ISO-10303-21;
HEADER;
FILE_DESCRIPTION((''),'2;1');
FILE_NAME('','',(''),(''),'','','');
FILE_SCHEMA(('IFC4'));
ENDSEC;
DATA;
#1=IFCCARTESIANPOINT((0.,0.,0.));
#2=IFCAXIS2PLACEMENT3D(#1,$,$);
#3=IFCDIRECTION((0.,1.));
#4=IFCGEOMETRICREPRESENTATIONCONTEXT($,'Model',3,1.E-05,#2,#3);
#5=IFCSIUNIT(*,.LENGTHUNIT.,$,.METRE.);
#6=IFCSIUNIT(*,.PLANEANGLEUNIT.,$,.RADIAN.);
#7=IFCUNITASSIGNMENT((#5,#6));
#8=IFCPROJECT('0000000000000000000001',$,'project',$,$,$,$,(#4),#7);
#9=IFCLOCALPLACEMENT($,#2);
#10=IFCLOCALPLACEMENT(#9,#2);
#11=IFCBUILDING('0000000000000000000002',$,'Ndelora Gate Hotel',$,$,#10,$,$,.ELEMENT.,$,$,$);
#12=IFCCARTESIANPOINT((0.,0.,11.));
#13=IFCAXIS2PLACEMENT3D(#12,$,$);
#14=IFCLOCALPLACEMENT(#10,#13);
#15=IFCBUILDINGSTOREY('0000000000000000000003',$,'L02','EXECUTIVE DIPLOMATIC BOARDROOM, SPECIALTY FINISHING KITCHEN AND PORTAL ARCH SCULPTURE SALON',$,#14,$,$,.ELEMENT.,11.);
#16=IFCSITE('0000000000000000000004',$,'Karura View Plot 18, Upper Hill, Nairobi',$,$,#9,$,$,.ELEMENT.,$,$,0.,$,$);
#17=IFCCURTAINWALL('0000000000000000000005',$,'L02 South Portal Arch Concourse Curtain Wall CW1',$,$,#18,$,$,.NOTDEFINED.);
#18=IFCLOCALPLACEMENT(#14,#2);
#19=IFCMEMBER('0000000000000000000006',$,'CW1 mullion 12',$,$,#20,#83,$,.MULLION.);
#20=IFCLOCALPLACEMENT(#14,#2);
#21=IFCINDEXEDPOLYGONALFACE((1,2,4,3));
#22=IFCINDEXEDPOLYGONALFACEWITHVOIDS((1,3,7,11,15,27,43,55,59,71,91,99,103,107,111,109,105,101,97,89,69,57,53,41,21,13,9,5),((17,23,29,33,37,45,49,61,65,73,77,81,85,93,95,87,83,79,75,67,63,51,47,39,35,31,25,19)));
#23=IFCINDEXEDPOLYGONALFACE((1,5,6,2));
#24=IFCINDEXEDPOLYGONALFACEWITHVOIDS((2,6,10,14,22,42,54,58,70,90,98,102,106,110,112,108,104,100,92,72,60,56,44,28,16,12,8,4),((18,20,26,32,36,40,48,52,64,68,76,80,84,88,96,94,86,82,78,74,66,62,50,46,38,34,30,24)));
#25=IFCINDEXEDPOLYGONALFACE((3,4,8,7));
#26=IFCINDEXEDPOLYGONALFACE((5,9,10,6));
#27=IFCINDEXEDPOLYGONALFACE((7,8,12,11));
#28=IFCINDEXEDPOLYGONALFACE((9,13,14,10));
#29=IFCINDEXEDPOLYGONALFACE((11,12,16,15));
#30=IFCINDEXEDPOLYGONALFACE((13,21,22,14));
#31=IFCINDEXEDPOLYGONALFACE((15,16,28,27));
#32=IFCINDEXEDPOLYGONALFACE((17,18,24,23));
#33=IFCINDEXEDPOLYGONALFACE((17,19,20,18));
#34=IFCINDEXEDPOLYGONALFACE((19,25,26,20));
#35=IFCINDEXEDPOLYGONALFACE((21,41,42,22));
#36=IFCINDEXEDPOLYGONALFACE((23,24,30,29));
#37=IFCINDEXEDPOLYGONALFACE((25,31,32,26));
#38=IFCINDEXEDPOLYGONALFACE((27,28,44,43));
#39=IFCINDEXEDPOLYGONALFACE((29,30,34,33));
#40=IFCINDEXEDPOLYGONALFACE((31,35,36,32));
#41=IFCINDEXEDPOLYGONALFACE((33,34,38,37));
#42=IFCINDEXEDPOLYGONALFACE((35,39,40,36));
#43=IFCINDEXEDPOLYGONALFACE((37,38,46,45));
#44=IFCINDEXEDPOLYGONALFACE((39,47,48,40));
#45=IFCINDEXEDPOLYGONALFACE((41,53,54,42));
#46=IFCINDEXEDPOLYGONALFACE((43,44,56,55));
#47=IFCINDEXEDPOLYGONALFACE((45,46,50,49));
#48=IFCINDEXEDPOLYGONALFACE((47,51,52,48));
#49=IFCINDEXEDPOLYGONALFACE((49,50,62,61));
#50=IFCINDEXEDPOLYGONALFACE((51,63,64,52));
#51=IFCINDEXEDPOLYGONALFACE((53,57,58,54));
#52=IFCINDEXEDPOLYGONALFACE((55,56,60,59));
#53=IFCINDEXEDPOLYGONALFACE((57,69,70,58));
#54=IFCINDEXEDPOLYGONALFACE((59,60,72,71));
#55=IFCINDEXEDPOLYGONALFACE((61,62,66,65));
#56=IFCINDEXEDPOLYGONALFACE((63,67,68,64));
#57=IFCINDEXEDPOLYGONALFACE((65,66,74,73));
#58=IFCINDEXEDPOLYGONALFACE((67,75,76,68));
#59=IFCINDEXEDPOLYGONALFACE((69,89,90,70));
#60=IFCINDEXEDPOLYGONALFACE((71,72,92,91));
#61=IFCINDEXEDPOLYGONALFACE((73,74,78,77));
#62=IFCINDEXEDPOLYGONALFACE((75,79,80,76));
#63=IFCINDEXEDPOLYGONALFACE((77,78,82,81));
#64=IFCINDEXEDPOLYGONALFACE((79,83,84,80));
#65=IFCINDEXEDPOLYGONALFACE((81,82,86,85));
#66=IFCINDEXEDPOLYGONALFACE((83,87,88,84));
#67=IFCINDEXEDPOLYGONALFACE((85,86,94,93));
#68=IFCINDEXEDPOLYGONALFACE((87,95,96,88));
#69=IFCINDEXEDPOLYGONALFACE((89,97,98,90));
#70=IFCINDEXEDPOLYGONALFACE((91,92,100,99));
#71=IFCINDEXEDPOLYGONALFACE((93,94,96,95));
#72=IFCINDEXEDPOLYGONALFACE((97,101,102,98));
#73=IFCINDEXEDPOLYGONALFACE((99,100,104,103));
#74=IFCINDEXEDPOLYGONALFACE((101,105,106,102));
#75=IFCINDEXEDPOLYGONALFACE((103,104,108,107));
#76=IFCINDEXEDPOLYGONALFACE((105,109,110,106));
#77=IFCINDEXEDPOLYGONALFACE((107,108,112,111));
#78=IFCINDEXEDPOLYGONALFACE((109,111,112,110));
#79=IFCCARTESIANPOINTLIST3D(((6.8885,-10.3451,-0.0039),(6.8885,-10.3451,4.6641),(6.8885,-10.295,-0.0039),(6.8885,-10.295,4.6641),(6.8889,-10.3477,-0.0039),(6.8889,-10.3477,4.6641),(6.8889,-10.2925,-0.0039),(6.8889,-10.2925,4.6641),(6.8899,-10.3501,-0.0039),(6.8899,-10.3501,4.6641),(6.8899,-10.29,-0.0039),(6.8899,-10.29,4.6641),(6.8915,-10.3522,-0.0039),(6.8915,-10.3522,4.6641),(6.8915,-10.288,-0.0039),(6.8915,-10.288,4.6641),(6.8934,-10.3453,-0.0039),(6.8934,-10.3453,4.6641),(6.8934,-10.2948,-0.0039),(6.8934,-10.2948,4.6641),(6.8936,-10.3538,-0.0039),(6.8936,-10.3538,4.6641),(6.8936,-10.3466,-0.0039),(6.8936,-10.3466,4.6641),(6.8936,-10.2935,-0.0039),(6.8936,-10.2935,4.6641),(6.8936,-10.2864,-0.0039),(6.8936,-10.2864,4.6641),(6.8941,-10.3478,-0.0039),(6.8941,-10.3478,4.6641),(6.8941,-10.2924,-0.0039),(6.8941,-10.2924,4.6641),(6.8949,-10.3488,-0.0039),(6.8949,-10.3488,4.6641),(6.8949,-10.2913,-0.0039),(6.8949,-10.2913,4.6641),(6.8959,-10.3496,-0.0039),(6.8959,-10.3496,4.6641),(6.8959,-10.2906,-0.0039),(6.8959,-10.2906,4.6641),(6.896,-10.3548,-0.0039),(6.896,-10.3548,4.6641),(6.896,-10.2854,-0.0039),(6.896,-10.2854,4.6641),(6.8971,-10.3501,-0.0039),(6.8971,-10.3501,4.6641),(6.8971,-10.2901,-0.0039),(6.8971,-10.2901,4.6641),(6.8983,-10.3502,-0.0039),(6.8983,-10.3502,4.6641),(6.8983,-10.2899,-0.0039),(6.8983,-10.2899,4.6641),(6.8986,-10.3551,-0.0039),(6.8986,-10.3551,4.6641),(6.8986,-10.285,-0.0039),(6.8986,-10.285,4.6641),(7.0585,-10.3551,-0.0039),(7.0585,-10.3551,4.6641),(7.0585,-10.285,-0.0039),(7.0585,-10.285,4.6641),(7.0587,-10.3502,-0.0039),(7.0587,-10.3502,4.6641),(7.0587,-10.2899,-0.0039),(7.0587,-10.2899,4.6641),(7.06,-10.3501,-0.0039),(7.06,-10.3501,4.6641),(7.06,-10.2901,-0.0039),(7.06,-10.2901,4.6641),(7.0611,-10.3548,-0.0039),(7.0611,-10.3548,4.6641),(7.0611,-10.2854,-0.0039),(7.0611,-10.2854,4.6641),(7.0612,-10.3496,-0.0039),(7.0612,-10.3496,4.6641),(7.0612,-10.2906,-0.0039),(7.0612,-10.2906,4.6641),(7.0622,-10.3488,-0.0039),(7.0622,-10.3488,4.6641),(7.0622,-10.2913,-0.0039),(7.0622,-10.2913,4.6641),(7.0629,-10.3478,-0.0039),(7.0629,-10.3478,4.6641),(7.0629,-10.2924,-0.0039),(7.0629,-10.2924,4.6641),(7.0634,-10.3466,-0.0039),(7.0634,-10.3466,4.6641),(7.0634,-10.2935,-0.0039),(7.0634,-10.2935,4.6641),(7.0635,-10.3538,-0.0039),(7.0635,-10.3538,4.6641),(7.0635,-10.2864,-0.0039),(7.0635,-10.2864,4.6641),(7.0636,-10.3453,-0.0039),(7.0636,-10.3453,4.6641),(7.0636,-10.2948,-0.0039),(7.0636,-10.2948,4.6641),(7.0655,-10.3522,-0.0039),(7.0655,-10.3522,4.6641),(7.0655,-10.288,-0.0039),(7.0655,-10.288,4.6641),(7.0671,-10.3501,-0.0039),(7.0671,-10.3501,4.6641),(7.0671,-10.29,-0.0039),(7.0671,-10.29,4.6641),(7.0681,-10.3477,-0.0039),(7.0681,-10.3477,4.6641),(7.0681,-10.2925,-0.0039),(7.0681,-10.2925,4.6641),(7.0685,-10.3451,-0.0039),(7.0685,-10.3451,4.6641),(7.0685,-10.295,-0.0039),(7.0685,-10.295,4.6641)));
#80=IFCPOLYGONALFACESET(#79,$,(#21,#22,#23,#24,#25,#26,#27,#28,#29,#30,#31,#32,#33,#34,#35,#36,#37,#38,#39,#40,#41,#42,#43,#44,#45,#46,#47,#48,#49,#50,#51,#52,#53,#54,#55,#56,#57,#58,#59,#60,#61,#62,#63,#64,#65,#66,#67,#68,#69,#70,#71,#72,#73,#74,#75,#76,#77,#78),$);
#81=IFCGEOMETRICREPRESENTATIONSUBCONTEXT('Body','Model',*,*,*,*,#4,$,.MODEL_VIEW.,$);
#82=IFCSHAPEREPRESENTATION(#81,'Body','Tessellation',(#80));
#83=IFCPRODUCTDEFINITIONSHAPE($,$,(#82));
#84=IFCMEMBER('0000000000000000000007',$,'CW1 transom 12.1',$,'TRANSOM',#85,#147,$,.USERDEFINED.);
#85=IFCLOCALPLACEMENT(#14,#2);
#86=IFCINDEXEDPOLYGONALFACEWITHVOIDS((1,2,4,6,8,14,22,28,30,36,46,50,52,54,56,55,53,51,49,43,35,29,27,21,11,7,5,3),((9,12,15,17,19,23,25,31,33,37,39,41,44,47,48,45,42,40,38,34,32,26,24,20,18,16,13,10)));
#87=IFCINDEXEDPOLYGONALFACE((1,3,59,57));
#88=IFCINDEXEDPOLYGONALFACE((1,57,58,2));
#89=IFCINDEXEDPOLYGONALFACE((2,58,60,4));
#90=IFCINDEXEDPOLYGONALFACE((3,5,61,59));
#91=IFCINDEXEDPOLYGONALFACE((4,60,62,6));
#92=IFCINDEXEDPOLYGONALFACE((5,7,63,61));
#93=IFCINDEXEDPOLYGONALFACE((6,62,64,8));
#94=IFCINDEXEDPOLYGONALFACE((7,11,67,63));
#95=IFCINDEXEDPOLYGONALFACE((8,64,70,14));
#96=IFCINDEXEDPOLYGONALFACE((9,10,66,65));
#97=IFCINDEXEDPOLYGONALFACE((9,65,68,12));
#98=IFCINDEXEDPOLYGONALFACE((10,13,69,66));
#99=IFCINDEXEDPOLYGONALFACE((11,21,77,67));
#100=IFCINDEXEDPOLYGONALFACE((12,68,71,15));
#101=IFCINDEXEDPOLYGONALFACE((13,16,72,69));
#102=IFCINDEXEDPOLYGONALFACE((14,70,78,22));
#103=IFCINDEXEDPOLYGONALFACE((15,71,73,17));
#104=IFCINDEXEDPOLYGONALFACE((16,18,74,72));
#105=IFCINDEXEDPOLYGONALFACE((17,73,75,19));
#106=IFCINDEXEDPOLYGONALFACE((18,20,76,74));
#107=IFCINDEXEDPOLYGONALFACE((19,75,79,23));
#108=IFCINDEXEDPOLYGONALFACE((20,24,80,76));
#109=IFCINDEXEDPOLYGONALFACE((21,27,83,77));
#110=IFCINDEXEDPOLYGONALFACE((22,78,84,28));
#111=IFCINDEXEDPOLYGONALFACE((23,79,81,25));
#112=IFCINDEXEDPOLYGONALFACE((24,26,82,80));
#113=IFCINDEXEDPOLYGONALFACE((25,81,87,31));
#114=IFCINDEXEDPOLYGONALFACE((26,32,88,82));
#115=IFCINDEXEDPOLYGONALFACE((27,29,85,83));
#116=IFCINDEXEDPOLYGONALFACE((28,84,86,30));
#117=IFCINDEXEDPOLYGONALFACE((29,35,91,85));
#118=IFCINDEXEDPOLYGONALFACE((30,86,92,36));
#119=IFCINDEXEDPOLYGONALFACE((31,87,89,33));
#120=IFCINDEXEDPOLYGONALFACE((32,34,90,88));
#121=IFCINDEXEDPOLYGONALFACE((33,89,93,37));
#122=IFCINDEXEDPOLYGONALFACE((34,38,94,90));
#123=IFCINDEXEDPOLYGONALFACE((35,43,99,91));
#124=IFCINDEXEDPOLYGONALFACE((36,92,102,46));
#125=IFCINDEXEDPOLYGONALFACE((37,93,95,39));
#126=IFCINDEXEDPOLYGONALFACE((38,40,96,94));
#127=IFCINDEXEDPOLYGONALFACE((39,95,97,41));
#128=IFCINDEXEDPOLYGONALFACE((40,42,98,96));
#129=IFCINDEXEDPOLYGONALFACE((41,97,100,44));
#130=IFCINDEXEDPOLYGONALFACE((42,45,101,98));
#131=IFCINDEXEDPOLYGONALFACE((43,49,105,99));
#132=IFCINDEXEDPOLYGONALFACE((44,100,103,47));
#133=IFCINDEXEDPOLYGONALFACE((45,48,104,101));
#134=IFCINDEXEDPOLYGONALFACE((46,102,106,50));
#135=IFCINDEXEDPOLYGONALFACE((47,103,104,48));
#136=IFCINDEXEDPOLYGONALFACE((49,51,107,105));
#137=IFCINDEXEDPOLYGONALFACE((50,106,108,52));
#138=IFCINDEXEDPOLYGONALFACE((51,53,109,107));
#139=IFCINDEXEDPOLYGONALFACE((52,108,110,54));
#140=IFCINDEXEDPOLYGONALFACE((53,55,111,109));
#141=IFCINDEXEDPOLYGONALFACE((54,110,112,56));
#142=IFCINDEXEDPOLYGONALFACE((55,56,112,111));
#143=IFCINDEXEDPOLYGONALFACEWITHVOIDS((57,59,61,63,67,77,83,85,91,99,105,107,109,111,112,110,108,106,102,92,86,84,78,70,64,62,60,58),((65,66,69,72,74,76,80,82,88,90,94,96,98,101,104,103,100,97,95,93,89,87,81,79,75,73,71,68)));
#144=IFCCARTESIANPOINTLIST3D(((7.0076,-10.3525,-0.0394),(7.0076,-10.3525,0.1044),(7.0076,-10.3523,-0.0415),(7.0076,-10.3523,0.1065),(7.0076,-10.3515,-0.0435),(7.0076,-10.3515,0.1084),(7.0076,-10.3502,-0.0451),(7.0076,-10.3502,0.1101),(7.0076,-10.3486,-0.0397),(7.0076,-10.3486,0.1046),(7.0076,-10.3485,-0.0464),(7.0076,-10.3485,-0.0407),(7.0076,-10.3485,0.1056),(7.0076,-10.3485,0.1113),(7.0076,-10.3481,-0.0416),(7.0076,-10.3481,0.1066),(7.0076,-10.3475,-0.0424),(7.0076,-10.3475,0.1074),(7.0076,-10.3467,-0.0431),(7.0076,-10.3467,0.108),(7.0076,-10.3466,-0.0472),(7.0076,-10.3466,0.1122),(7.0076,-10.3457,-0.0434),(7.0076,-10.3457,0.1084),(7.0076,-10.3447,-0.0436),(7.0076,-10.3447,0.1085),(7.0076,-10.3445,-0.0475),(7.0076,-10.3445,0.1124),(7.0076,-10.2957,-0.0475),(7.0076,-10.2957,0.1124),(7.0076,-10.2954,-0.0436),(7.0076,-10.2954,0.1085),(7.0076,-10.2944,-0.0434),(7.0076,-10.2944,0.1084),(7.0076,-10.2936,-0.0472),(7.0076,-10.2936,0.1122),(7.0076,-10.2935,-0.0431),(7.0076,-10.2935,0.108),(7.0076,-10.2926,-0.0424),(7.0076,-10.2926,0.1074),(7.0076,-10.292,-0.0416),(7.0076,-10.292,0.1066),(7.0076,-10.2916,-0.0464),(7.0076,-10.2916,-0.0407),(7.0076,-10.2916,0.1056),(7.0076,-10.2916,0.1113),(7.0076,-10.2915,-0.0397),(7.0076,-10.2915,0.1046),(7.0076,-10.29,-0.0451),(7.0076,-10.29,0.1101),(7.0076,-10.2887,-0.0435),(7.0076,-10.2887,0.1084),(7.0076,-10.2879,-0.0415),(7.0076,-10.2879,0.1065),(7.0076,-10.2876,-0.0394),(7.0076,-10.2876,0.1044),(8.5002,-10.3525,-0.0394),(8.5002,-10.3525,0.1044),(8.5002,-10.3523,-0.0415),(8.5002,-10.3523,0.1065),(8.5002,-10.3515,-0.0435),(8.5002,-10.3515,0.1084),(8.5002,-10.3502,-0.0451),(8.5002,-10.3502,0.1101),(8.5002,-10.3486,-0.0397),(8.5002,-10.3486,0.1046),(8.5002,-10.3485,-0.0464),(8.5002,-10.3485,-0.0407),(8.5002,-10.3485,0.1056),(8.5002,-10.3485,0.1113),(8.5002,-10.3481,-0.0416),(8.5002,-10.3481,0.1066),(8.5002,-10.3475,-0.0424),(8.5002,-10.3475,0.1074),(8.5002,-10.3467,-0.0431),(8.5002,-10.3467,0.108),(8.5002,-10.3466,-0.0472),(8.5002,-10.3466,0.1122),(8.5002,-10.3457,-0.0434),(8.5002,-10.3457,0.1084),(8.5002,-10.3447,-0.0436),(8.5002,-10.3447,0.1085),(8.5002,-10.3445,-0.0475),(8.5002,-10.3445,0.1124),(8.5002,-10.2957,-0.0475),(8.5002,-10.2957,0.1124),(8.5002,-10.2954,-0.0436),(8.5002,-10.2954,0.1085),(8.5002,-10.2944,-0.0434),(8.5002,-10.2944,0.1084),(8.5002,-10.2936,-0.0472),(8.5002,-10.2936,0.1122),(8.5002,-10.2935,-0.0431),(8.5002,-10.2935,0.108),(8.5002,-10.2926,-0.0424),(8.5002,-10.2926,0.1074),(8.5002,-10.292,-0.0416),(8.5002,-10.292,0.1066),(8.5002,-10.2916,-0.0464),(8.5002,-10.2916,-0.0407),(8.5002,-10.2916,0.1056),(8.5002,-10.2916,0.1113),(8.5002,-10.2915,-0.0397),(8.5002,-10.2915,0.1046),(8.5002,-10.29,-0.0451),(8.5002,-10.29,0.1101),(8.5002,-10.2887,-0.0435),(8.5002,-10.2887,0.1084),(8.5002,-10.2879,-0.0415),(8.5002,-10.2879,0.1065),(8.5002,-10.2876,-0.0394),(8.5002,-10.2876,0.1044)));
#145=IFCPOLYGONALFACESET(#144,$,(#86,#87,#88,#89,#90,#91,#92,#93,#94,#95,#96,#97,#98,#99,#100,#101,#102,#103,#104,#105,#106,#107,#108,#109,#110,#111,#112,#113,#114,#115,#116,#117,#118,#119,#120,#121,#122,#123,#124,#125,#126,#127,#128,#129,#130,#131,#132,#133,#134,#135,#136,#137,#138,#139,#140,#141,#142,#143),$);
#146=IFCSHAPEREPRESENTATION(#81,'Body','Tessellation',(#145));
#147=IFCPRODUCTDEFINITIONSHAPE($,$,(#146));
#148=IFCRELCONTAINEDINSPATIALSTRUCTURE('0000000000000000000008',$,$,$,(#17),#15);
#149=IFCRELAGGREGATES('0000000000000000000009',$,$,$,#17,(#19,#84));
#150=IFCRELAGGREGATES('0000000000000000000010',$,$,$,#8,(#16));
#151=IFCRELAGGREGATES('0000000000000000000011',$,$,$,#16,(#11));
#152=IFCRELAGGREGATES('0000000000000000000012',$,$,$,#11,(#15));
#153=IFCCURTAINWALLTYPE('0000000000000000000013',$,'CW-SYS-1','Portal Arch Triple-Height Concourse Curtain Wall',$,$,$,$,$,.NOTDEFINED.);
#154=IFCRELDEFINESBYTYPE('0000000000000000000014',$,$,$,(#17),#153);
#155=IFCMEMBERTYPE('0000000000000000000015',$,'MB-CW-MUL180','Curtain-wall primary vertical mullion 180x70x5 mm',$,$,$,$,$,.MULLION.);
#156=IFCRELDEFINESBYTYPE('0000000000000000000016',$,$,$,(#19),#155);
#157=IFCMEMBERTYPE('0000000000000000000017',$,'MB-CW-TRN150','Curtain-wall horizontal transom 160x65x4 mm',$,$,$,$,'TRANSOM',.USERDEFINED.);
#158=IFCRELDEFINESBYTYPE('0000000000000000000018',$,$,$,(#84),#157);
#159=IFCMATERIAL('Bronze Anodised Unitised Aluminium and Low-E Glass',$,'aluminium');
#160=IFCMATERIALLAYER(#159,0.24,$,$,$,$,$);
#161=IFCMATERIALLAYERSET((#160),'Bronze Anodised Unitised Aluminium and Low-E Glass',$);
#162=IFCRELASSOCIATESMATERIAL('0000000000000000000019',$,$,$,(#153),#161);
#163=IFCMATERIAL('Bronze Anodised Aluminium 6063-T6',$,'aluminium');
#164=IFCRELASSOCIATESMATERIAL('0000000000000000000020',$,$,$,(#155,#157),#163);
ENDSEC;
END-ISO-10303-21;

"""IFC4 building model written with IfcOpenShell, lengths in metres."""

from ifc_helpers import new_model, si_unit, direction, frame, origin, origin_2d, place, context, subcontext, project, spatial, hollow_rectangle, extrude, material, layer, layer_set, material_profile, profile_set, type_object, element, aggregate, save


model = new_model("IFC4")

# Units and contexts
model_context = context("Model", 3, precision=1e-05, world=origin(), true_north=direction((0.0, 1.0)))
body_context = subcontext(model_context, "Body", "Model", "MODEL_VIEW")
ifc_project = project(units=[si_unit("LENGTHUNIT", "METRE"), si_unit("PLANEANGLEUNIT", "RADIAN")], contexts=[model_context])

# Site, building, storey
site_placement = place(None, origin())
site = spatial("IfcSite", under=ifc_project, at=site_placement, Name="Karura View Plot 18, Upper Hill, Nairobi", CompositionType="ELEMENT", RefElevation=0.0)
building_placement = place(site_placement, origin())
building = spatial("IfcBuilding", under=site, at=building_placement, Name="Ndelora Gate Hotel", CompositionType="ELEMENT")
storey_placement = place(building_placement, frame((0.0, 0.0, 11.0)))
storey = spatial("IfcBuildingStorey", under=building, at=storey_placement, Name="L02", Description="EXECUTIVE DIPLOMATIC BOARDROOM, SPECIALTY FINISHING KITCHEN AND PORTAL ARCH SCULPTURE SALON", CompositionType="ELEMENT", Elevation=11.0)

# Curtain wall, members
ifc_material_1 = material(Name="Bronze Anodised Unitised Aluminium and Low-E Glass", Category="aluminium")
ifc_layer_1 = layer(ifc_material_1, 0.24)
ifc_layer_set_1 = layer_set([ifc_layer_1], Name="Bronze Anodised Unitised Aluminium and Low-E Glass")
curtain_wall_type = type_object("IfcCurtainWallType", Name="CW-SYS-1", Description="Portal Arch Triple-Height Concourse Curtain Wall", PredefinedType="NOTDEFINED", material=ifc_layer_set_1)
curtain_wall_placement = place(storey_placement, origin())
curtain_wall = element("IfcCurtainWall", 1, at=curtain_wall_placement, inside=storey, type_object=curtain_wall_type, Name="L02 South Portal Arch Concourse Curtain Wall CW1", PredefinedType="NOTDEFINED")
ifc_material_2 = material(Name="Bronze Anodised Aluminium 6063-T6", Category="aluminium")
ifc_material_profile_1 = material_profile(ifc_material_2, hollow_rectangle(XDim=0.0701, YDim=0.1799, WallThickness=0.0049, InnerFilletRadius=0.0049, OuterFilletRadius=0.01, at=origin_2d()), Name="ALU 180x70x5")
ifc_profile_set_1 = profile_set([ifc_material_profile_1], Name="Bronze Anodised Aluminium 6063-T6")
member_type_1 = type_object("IfcMemberType", Name="MB-CW-MUL180", Description="Curtain-wall primary vertical mullion 180x70x5 mm", PredefinedType="MULLION", material=ifc_profile_set_1)
member_1_placement = place(storey_placement, frame((6.9785, -10.3201, -0.0039), z_axis=(0.0, 0.0, 1.0), x_axis=(0.0, 1.0, 0.0)))
member_1 = element("IfcMember", 2, at=member_1_placement, type_object=member_type_1, Name="CW1 mullion 12", PredefinedType="MULLION", context=body_context, shape_type="SweptSolid", body=[
    extrude(hollow_rectangle(XDim=0.0701, YDim=0.1799, WallThickness=0.0049, InnerFilletRadius=0.0049, OuterFilletRadius=0.01, at=origin_2d()), origin(), (0.0, 0.0, 1.0), 4.668),
])
ifc_material_profile_2 = material_profile(ifc_material_2, hollow_rectangle(XDim=0.0649, YDim=0.1599, WallThickness=0.0039, InnerFilletRadius=0.0039, OuterFilletRadius=0.0081, at=origin_2d()), Name="ALU 160x65x4")
ifc_profile_set_2 = profile_set([ifc_material_profile_2], Name="Bronze Anodised Aluminium 6063-T6")
member_type_2 = type_object("IfcMemberType", Name="MB-CW-TRN150", Description="Curtain-wall horizontal transom 160x65x4 mm", ElementType="TRANSOM", PredefinedType="USERDEFINED", material=ifc_profile_set_2)
member_2_placement = place(storey_placement, frame((7.0076, -10.3201, 0.0325), z_axis=(1.0, 0.0, 0.0), x_axis=(0.0, 1.0, 0.0)))
member_2 = element("IfcMember", 3, at=member_2_placement, type_object=member_type_2, Name="CW1 transom 12.1", ObjectType="TRANSOM", PredefinedType="USERDEFINED", context=body_context, shape_type="SweptSolid", body=[
    extrude(hollow_rectangle(XDim=0.0649, YDim=0.1599, WallThickness=0.0039, InnerFilletRadius=0.0039, OuterFilletRadius=0.0081, at=origin_2d()), origin(), (0.0, 0.0, 1.0), 1.4927),
])
aggregate(curtain_wall, [member_1, member_2])

save(model, "model.ifc")
